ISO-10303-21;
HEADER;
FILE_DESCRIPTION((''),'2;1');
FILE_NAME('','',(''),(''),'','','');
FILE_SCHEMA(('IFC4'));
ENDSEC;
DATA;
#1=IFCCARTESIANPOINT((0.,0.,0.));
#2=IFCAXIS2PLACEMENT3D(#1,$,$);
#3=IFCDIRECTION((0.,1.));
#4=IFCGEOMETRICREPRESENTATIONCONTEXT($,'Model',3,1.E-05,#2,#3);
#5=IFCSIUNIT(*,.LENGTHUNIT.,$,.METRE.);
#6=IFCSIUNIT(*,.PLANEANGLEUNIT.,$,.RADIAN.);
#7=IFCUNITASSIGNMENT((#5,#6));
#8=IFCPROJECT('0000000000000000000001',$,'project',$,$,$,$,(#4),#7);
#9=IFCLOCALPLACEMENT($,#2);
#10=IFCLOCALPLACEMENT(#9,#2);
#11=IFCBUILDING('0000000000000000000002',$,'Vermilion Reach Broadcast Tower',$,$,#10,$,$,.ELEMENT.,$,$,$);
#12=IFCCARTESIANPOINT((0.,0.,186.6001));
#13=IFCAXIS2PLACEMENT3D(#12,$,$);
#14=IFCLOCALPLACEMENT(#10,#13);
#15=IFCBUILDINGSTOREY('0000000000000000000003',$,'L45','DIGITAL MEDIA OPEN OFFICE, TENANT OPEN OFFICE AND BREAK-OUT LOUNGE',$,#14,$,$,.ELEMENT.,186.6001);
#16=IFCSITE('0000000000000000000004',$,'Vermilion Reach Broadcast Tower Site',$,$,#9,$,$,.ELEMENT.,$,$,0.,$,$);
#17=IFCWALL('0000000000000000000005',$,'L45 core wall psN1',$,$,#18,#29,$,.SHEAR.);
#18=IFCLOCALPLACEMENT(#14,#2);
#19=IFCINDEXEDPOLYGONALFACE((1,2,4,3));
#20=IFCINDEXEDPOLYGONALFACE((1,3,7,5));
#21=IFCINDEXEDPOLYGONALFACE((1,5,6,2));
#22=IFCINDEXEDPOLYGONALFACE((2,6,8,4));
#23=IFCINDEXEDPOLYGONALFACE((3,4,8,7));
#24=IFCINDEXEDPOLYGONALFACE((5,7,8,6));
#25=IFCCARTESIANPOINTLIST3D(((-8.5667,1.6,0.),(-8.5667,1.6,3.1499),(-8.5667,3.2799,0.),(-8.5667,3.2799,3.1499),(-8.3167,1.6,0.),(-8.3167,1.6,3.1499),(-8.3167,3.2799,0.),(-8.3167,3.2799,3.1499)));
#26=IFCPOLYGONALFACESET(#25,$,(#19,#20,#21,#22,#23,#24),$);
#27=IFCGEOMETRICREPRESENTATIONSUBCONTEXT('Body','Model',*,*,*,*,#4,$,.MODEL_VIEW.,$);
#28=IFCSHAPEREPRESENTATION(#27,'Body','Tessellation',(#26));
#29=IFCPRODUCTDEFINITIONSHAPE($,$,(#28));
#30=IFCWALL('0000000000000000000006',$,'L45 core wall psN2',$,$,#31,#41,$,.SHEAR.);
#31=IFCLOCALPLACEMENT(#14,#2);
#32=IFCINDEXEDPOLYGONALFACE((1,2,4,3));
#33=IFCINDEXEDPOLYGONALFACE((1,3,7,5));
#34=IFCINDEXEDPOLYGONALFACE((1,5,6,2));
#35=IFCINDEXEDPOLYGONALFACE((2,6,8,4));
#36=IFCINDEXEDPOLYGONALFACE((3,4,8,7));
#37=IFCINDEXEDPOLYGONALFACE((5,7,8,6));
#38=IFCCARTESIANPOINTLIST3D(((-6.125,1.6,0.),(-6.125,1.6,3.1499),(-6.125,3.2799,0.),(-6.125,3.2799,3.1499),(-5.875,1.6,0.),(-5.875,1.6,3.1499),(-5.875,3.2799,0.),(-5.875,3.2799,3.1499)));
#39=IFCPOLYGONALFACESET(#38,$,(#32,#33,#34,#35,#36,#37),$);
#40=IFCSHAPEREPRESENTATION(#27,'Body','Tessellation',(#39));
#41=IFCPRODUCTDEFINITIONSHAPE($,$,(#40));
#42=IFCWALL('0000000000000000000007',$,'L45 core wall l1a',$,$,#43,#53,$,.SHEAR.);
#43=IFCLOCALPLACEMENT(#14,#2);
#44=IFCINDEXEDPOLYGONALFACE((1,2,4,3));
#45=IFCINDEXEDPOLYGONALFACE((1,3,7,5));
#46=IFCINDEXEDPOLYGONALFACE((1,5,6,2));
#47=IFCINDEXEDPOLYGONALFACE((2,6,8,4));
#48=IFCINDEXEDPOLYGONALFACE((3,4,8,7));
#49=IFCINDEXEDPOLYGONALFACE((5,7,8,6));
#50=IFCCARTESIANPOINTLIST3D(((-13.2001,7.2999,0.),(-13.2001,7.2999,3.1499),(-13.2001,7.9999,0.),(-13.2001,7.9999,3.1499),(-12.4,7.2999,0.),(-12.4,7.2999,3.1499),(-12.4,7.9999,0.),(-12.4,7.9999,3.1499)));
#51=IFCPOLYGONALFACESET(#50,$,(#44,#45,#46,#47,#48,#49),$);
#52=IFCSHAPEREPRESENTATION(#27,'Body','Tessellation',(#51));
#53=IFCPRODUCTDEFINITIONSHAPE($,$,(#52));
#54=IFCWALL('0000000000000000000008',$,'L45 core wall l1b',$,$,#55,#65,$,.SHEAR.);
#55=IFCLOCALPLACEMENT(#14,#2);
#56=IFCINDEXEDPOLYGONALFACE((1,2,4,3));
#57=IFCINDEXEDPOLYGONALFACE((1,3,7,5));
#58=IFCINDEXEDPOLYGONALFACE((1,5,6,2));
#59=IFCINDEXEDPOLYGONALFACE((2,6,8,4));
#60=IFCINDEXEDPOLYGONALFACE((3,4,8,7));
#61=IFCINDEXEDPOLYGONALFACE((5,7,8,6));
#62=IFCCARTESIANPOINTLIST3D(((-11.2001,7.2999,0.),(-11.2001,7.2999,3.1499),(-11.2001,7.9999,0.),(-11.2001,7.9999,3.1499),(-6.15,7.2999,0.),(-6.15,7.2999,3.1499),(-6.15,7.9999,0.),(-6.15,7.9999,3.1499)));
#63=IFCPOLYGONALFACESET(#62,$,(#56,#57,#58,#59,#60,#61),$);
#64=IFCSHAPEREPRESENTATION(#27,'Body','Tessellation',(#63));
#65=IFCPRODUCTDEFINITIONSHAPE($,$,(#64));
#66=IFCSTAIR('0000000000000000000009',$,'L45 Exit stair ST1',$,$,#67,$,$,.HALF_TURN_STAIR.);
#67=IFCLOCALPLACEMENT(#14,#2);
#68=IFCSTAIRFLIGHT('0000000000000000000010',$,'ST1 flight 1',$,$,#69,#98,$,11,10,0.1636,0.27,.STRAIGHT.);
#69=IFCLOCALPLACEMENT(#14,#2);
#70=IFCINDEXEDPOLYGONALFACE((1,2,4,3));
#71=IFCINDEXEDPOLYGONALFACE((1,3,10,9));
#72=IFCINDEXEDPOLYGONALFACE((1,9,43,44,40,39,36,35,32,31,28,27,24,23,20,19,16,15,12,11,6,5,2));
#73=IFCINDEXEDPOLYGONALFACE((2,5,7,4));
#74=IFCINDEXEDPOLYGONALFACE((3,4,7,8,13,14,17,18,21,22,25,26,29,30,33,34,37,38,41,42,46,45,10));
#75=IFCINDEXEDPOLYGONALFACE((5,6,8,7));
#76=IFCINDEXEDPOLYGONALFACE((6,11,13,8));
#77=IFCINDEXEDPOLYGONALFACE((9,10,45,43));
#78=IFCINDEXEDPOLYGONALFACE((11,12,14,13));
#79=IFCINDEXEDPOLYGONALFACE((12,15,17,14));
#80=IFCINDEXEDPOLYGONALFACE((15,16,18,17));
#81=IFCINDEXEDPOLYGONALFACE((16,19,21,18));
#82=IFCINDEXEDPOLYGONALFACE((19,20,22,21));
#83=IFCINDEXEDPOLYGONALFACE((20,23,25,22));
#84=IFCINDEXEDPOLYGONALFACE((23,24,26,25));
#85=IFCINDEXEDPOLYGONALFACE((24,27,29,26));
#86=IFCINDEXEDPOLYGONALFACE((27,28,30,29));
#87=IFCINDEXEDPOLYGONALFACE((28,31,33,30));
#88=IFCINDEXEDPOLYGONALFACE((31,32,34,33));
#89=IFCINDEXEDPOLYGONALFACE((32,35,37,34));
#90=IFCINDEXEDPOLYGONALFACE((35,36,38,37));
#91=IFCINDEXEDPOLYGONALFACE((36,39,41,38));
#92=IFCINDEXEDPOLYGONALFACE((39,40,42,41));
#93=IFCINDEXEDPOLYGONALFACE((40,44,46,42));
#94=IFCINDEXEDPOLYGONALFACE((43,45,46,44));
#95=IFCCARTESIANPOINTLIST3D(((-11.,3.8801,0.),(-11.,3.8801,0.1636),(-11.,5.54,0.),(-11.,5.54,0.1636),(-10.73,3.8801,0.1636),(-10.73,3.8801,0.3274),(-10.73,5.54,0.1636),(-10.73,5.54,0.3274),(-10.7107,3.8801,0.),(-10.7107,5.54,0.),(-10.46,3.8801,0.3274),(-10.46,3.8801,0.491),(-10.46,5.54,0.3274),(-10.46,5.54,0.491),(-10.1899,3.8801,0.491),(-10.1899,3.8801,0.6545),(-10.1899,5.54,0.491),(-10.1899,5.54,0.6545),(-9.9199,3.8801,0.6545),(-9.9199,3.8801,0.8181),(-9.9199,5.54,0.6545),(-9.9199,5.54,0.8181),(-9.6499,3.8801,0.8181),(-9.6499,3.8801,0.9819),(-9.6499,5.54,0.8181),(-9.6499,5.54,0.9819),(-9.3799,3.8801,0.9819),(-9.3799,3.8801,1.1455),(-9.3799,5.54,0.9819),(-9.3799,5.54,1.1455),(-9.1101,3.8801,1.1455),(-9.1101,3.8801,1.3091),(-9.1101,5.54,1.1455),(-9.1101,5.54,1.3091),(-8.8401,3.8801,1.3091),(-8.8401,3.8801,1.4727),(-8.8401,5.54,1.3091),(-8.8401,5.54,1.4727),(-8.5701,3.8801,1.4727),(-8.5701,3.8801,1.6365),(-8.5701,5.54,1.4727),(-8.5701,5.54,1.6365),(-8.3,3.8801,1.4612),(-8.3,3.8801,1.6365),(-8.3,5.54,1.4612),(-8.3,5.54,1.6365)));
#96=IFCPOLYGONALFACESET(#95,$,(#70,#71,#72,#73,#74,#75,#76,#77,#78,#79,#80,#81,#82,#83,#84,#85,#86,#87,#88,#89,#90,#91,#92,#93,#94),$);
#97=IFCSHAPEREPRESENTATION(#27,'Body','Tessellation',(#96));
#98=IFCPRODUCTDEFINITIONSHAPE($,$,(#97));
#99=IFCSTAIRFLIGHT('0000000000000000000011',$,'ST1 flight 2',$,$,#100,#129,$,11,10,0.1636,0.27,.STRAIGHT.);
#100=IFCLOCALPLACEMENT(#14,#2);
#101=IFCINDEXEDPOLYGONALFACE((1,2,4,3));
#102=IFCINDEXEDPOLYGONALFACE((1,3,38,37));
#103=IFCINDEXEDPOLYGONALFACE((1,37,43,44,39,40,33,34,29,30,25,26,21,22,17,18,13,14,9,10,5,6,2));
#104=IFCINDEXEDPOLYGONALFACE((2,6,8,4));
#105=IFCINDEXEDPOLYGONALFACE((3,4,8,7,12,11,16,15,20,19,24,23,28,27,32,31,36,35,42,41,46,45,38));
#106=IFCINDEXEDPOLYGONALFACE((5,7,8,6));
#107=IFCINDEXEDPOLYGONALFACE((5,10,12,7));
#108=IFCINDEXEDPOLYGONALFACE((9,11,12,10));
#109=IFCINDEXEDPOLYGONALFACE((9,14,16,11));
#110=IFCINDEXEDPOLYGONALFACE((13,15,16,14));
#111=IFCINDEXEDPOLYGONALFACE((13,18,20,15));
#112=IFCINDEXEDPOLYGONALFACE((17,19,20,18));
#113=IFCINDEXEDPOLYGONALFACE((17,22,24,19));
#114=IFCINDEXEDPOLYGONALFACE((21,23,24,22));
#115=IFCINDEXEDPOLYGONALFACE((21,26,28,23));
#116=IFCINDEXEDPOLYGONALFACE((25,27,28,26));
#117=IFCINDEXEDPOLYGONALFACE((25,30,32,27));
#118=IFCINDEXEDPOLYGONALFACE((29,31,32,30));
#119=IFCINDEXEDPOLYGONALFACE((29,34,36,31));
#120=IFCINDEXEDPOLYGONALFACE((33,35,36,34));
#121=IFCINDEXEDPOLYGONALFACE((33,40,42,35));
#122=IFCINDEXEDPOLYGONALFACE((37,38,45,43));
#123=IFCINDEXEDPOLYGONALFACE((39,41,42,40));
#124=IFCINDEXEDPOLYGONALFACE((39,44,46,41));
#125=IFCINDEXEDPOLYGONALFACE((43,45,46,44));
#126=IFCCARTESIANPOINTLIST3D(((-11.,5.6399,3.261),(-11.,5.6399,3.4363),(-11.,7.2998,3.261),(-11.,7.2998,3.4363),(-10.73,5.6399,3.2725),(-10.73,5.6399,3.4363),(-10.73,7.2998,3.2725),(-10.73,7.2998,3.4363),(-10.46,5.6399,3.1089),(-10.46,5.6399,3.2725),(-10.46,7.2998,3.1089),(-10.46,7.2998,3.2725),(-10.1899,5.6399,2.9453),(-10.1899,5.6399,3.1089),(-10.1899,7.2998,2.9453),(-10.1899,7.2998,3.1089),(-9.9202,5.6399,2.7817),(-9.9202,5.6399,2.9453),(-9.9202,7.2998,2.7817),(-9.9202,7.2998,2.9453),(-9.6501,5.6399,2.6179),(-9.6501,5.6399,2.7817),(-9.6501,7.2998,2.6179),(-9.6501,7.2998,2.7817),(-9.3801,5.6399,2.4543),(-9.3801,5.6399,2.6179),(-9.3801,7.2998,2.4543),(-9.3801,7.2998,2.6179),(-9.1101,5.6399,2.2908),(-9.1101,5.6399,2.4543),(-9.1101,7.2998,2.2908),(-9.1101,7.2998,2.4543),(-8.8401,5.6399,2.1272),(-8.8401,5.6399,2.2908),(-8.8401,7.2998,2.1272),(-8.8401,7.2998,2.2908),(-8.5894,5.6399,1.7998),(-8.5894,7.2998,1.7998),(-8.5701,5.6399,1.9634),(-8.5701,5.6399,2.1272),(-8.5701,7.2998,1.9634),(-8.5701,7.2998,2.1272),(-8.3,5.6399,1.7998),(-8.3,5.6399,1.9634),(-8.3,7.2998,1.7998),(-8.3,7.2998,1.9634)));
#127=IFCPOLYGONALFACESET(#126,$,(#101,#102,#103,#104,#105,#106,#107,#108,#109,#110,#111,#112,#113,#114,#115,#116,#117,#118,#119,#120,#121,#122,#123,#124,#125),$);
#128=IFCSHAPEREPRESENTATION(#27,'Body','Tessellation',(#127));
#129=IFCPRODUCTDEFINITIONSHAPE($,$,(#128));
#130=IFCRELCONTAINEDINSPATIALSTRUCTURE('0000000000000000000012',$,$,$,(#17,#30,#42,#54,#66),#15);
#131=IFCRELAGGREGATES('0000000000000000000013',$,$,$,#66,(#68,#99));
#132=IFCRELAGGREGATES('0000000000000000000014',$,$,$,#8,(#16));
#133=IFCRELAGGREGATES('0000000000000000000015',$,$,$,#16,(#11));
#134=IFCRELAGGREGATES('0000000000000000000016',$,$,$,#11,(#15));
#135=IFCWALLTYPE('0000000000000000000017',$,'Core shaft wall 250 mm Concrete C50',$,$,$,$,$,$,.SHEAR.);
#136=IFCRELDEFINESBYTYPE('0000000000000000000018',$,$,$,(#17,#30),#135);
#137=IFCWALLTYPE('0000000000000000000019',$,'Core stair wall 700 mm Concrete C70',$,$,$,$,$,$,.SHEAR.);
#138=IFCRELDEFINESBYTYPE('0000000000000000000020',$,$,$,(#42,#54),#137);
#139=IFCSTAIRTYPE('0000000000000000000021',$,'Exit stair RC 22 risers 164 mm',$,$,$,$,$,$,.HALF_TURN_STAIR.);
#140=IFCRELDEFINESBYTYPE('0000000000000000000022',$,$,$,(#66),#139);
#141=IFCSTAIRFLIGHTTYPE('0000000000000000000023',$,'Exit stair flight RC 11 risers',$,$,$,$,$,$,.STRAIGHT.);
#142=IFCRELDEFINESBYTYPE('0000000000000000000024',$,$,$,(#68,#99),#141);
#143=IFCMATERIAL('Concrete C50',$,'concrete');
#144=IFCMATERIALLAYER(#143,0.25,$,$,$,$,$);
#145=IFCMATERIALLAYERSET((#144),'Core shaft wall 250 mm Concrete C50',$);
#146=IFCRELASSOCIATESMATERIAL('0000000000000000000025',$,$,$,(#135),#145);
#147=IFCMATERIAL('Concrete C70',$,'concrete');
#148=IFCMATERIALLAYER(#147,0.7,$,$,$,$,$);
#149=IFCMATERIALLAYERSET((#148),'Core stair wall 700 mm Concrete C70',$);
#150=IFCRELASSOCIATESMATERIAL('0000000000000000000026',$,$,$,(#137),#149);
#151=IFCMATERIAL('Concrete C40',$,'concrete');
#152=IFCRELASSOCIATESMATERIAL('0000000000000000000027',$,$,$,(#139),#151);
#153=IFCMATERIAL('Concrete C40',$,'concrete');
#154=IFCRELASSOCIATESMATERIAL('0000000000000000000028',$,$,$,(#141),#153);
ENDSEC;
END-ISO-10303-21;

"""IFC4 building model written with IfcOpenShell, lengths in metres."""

from ifc_helpers import new_model, si_unit, direction, frame, frame_2d, origin, place, context, subcontext, project, spatial, polyline, rectangle, outline, extrude, material, layer, layer_set, type_object, element, aggregate, save


model = new_model("IFC4")

# Units and contexts
model_context = context("Model", 3, precision=1e-05, world=origin(), true_north=direction((0.0, 1.0)))
body_context = subcontext(model_context, "Body", "Model", "MODEL_VIEW")
ifc_project = project(units=[si_unit("LENGTHUNIT", "METRE"), si_unit("PLANEANGLEUNIT", "RADIAN")], contexts=[model_context])

# Site, building, storey
site_placement = place(None, origin())
site = spatial("IfcSite", under=ifc_project, at=site_placement, Name="Vermilion Reach Broadcast Tower Site", CompositionType="ELEMENT", RefElevation=0.0)
building_placement = place(site_placement, origin())
building = spatial("IfcBuilding", under=site, at=building_placement, Name="Vermilion Reach Broadcast Tower", CompositionType="ELEMENT")
storey_placement = place(building_placement, frame((0.0, 0.0, 186.6001)))
storey = spatial("IfcBuildingStorey", under=building, at=storey_placement, Name="L45", Description="DIGITAL MEDIA OPEN OFFICE, TENANT OPEN OFFICE AND BREAK-OUT LOUNGE", CompositionType="ELEMENT", Elevation=186.6001)

# Walls
ifc_material_1 = material(Name="Concrete C50", Category="concrete")
ifc_layer_1 = layer(ifc_material_1, 0.25)
ifc_layer_set_1 = layer_set([ifc_layer_1], Name="Core shaft wall 250 mm Concrete C50")
wall_type_1 = type_object("IfcWallType", Name="Core shaft wall 250 mm Concrete C50", PredefinedType="SHEAR", material=ifc_layer_set_1)
for number, where, z_axis, x_axis, name in (
    (1, (-8.4417, 1.6001, 0.0), (0.0, 0.0, 1.0), (0.0, 1.0, 0.0), "L45 core wall psN1"),
    (2, (-6.0, 1.6001, 0.0), (0.0, 0.0, 1.0), (0.0, 1.0, 0.0), "L45 core wall psN2"),
):
    element("IfcWall", number, at=place(storey_placement, frame(where, z_axis=z_axis, x_axis=x_axis)), inside=storey, type_object=wall_type_1, Name=name, PredefinedType="SHEAR", context=body_context, shape_type="SweptSolid", body=[
        extrude(rectangle(XDim=1.6799, YDim=0.25, at=frame_2d((0.8398, 0.0))), origin(), (0.0, 0.0, 1.0), 3.1499),
    ])
ifc_material_2 = material(Name="Concrete C70", Category="concrete")
ifc_layer_2 = layer(ifc_material_2, 0.7)
ifc_layer_set_2 = layer_set([ifc_layer_2], Name="Core stair wall 700 mm Concrete C70")
wall_type_2 = type_object("IfcWallType", Name="Core stair wall 700 mm Concrete C70", PredefinedType="SHEAR", material=ifc_layer_set_2)
wall_1_placement = place(storey_placement, frame((-13.2, 7.6499, 0.0), z_axis=(0.0, 0.0, 1.0), x_axis=(1.0, 0.0, 0.0)))
element("IfcWall", 3, at=wall_1_placement, inside=storey, type_object=wall_type_2, Name="L45 core wall l1a", PredefinedType="SHEAR", context=body_context, shape_type="SweptSolid", body=[
    extrude(rectangle(XDim=0.8, YDim=0.7, at=frame_2d((0.3999, 0.0))), origin(), (0.0, 0.0, 1.0), 3.1499),
])
wall_2_placement = place(storey_placement, frame((-11.2, 7.6499, 0.0), z_axis=(0.0, 0.0, 1.0), x_axis=(1.0, 0.0, 0.0)))
element("IfcWall", 4, at=wall_2_placement, inside=storey, type_object=wall_type_2, Name="L45 core wall l1b", PredefinedType="SHEAR", context=body_context, shape_type="SweptSolid", body=[
    extrude(rectangle(XDim=5.05, YDim=0.7, at=frame_2d((2.5249, 0.0))), origin(), (0.0, 0.0, 1.0), 3.1499),
])

# Stair, stair flights
ifc_material_3 = material(Name="Concrete C40", Category="concrete")
stair_type = type_object("IfcStairType", Name="Exit stair RC 22 risers 164 mm", PredefinedType="HALF_TURN_STAIR", material=ifc_material_3)
stair_placement = place(storey_placement, origin())
stair = element("IfcStair", 5, at=stair_placement, inside=storey, type_object=stair_type, Name="L45 Exit stair ST1", PredefinedType="HALF_TURN_STAIR")
ifc_material_4 = material(Name="Concrete C40", Category="concrete")
stair_flight_type = type_object("IfcStairFlightType", Name="Exit stair flight RC 11 risers", PredefinedType="STRAIGHT", material=ifc_material_4)
stair_flight_1_placement = place(storey_placement, frame((-11.0, 4.71, 0.0), z_axis=(0.0, 0.0, 1.0), x_axis=(1.0, 0.0, 0.0)))
stair_flight_1 = element("IfcStairFlight", 6, at=stair_flight_1_placement, type_object=stair_flight_type, Name="ST1 flight 1", NumberOfRisers=11, NumberOfTreads=10, PredefinedType="STRAIGHT", RiserHeight=0.1636, TreadLength=0.27, context=body_context, shape_type="SweptSolid", body=[
    extrude(outline(polyline([(0.0, 0.0), (0.0, 0.1636), (0.27, 0.1636), (0.27, 0.3274), (0.54, 0.3274), (0.54, 0.491), (0.8101, 0.491), (0.8101, 0.6545), (1.0801, 0.6545), (1.0801, 0.8181), (1.3501, 0.8181), (1.3501, 0.9819), (1.6201, 0.9819), (1.6201, 1.1455), (1.8899, 1.1455), (1.8899, 1.3091), (2.1599, 1.3091), (2.1599, 1.4727), (2.4299, 1.4727), (2.4299, 1.6365), (2.7, 1.6365), (2.7, 1.8), (2.7, 1.4612), (0.2893, 0.0), (0.0, 0.0)])), frame((0.0, 0.8301, 0.0), z_axis=(0.0, -1.0, 0.0), x_axis=(1.0, 0.0, 0.0)), (0.0, 0.0, 1.0), 1.6599),
])
stair_flight_2_placement = place(storey_placement, frame((-8.3, 6.47, 1.7998), z_axis=(0.0, 0.0, 1.0), x_axis=(-1.0, 0.0, 0.0)))
stair_flight_2 = element("IfcStairFlight", 7, at=stair_flight_2_placement, type_object=stair_flight_type, Name="ST1 flight 2", NumberOfRisers=11, NumberOfTreads=10, PredefinedType="STRAIGHT", RiserHeight=0.1636, TreadLength=0.27, context=body_context, shape_type="SweptSolid", body=[
    extrude(outline(polyline([(0.0, 0.0), (0.0, 0.1636), (0.27, 0.1636), (0.27, 0.3274), (0.54, 0.3274), (0.54, 0.491), (0.8101, 0.491), (0.8101, 0.6545), (1.0801, 0.6545), (1.0801, 0.8181), (1.3501, 0.8181), (1.3501, 0.9819), (1.6201, 0.9819), (1.6201, 1.1455), (1.8899, 1.1455), (1.8899, 1.3091), (2.1599, 1.3091), (2.1599, 1.4727), (2.4299, 1.4727), (2.4299, 1.6365), (2.7, 1.6365), (2.7, 1.8), (2.7, 1.4612), (0.2893, 0.0), (0.0, 0.0)])), frame((0.0, 0.8301, 0.0), z_axis=(0.0, -1.0, 0.0), x_axis=(1.0, 0.0, 0.0)), (0.0, 0.0, 1.0), 1.6599),
])
aggregate(stair, [stair_flight_1, stair_flight_2])

save(model, "model.ifc")
